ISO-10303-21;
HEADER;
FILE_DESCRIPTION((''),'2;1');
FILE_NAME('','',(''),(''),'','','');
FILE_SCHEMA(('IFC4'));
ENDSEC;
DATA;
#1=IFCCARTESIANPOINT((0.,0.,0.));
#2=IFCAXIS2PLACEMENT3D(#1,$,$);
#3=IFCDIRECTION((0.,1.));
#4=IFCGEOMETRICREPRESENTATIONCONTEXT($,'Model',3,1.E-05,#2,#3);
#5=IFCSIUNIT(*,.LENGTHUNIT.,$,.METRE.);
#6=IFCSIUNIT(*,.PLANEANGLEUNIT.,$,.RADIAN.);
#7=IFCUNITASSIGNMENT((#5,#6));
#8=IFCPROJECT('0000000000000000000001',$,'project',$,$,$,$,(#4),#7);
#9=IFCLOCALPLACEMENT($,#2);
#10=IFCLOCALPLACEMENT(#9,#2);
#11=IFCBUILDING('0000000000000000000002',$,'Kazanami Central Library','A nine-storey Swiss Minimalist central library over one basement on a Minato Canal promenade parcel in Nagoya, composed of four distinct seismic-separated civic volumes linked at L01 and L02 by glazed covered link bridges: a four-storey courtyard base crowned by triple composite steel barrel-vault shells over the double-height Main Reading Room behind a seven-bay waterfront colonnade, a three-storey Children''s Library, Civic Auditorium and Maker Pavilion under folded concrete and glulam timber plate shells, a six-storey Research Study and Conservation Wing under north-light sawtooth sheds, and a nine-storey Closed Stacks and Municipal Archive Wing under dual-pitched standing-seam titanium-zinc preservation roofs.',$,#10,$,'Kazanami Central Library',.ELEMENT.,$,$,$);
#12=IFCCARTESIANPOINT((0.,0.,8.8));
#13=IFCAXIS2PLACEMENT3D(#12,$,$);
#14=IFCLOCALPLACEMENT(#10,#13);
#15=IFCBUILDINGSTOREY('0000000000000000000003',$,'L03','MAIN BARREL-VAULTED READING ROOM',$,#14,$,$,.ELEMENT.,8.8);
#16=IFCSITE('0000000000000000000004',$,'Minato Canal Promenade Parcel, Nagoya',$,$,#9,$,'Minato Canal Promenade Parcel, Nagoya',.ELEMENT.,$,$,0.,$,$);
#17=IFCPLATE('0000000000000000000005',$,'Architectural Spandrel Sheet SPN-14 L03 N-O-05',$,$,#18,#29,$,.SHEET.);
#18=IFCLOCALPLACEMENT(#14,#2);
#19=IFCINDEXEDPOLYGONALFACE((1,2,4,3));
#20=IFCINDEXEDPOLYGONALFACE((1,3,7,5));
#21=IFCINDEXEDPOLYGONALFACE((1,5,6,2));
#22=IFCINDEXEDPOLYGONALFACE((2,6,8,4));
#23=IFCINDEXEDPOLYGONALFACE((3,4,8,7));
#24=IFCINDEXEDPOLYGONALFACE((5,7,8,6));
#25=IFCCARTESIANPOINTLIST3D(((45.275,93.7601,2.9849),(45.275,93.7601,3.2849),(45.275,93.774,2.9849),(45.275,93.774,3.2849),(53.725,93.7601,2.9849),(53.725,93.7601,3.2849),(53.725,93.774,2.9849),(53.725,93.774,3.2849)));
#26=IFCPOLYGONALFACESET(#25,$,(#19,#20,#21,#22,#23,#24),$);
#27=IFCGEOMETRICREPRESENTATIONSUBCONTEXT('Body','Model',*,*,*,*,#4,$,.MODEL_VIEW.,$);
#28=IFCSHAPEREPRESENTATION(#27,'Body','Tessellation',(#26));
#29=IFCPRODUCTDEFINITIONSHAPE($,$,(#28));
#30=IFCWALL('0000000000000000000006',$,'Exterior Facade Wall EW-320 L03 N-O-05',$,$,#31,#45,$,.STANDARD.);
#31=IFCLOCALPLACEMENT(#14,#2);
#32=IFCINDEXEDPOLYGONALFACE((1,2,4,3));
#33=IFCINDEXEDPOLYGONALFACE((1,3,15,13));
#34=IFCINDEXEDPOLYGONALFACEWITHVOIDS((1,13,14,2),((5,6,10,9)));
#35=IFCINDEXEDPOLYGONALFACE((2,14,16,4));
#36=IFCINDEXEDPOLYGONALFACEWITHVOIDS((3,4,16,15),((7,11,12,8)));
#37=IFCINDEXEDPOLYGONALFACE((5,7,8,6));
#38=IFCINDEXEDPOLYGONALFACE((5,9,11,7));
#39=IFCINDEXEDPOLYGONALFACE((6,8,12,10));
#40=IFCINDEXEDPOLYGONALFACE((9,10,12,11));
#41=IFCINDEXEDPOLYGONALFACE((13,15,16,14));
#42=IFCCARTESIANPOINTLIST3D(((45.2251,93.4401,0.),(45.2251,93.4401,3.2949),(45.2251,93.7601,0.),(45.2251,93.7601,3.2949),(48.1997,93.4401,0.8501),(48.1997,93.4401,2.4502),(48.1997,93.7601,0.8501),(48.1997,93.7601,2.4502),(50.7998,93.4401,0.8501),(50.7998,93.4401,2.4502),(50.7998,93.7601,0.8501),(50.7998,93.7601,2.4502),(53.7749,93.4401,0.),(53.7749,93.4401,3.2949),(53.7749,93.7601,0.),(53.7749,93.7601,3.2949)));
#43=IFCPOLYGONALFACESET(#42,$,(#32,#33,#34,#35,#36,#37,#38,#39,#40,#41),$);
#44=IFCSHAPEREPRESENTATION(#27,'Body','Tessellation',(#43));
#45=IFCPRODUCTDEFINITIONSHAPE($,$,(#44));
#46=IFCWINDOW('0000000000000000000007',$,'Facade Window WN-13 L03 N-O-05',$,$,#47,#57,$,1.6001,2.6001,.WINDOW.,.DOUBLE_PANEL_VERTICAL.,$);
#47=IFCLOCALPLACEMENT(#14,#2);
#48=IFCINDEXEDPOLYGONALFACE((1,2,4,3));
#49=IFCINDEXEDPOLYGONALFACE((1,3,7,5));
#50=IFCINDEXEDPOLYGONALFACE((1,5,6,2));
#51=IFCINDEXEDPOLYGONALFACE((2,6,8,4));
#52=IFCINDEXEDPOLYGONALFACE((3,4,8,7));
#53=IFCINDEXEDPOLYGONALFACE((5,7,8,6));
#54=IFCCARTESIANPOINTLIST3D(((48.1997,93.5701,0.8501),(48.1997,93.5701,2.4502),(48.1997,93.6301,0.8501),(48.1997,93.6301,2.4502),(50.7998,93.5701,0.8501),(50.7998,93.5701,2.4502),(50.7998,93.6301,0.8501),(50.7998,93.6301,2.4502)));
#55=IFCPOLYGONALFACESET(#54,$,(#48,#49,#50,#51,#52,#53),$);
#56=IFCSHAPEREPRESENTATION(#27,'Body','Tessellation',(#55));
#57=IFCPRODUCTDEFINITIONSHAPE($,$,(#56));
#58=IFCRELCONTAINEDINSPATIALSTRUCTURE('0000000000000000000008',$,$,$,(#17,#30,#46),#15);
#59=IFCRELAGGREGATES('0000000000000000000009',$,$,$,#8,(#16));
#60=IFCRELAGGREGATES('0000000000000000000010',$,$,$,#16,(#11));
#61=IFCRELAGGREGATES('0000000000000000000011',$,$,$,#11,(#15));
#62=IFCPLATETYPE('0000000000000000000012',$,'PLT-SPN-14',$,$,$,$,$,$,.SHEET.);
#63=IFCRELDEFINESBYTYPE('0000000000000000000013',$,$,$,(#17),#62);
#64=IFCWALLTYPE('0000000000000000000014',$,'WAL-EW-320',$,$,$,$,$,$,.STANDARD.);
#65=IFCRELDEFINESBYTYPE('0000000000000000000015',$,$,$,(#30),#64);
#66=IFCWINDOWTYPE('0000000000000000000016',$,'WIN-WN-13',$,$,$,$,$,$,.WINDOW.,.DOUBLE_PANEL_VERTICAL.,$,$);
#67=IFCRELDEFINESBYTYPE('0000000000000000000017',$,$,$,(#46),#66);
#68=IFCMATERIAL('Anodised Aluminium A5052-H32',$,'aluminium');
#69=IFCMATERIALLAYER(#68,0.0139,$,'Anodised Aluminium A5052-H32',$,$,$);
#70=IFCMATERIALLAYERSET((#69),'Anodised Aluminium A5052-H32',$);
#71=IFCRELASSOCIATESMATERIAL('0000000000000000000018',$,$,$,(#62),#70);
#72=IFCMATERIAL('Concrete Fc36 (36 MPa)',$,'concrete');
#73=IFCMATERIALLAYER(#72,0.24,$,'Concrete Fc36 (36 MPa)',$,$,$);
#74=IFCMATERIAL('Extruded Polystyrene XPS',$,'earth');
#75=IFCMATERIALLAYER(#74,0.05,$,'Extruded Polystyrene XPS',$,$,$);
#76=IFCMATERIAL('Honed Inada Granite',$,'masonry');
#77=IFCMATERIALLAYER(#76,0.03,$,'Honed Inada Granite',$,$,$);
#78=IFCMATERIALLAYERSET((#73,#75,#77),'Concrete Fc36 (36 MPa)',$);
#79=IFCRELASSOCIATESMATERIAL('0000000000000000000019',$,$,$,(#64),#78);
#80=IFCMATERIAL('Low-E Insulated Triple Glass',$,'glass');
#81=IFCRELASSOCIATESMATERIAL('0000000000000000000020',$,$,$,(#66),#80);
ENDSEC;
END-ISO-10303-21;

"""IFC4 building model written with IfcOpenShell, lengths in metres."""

from ifc_helpers import new_model, si_unit, direction, frame, frame_2d, origin, origin_2d, place, context, subcontext, project, spatial, rectangle, extrude, material, layer, layer_set, type_object, element, fill, save


model = new_model("IFC4")

# Units and contexts
model_context = context("Model", 3, precision=1e-05, world=origin(), true_north=direction((0.0, 1.0)))
body_context = subcontext(model_context, "Body", "Model", "MODEL_VIEW")
ifc_project = project(units=[si_unit("LENGTHUNIT", "METRE"), si_unit("PLANEANGLEUNIT", "RADIAN")], contexts=[model_context])

# Site, building, storey
site_placement = place(None, origin())
site = spatial("IfcSite", under=ifc_project, at=site_placement, Name="Minato Canal Promenade Parcel, Nagoya", LongName="Minato Canal Promenade Parcel, Nagoya", CompositionType="ELEMENT", RefElevation=0.0)
building_placement = place(site_placement, origin())
building = spatial("IfcBuilding", under=site, at=building_placement, Name="Kazanami Central Library", Description="A nine-storey Swiss Minimalist central library over one basement on a Minato Canal promenade parcel in Nagoya, composed of four distinct seismic-separated civic volumes linked at L01 and L02 by glazed covered link bridges: a four-storey courtyard base crowned by triple composite steel barrel-vault shells over the double-height Main Reading Room behind a seven-bay waterfront colonnade, a three-storey Children's Library, Civic Auditorium and Maker Pavilion under folded concrete and glulam timber plate shells, a six-storey Research Study and Conservation Wing under north-light sawtooth sheds, and a nine-storey Closed Stacks and Municipal Archive Wing under dual-pitched standing-seam titanium-zinc preservation roofs.", LongName="Kazanami Central Library", CompositionType="ELEMENT")
storey_placement = place(building_placement, frame((0.0, 0.0, 8.8)))
storey = spatial("IfcBuildingStorey", under=building, at=storey_placement, Name="L03", Description="MAIN BARREL-VAULTED READING ROOM", CompositionType="ELEMENT", Elevation=8.8)

# Plate
ifc_material_1 = material(Name="Low-E Insulated Triple Glass", Category="glass")
ifc_material_2 = material(Name="Anodised Aluminium A5052-H32", Category="aluminium")
ifc_layer_1 = layer(ifc_material_2, 0.0139, Name="Anodised Aluminium A5052-H32")
ifc_layer_set_1 = layer_set([ifc_layer_1], Name="Anodised Aluminium A5052-H32")
plate_type_1 = type_object("IfcPlateType", Name="PLT-SPN-14", PredefinedType="SHEET", material=ifc_layer_set_1)
plate_1_placement = place(storey_placement, frame((49.5, 93.7671, 2.9849), z_axis=(0.0, 0.0, 1.0), x_axis=(-1.0, 0.0, 0.0)))
element("IfcPlate", 1, at=plate_1_placement, inside=storey, type_object=plate_type_1, Name="Architectural Spandrel Sheet SPN-14 L03 N-O-05", PredefinedType="SHEET", context=body_context, shape_type="SweptSolid", body=[
    extrude(rectangle(XDim=8.45, YDim=0.0139, at=origin_2d()), origin(), (0.0, 0.0, 1.0), 0.3),
])

# Wall, opening, window
ifc_material_3 = material(Name="Concrete Fc36 (36 MPa)", Category="concrete")
ifc_layer_2 = layer(ifc_material_3, 0.24, Name="Concrete Fc36 (36 MPa)")
ifc_material_4 = material(Name="Extruded Polystyrene XPS", Category="earth")
ifc_layer_3 = layer(ifc_material_4, 0.05, Name="Extruded Polystyrene XPS")
ifc_material_5 = material(Name="Honed Inada Granite", Category="masonry")
ifc_layer_4 = layer(ifc_material_5, 0.03, Name="Honed Inada Granite")
ifc_layer_set_2 = layer_set([ifc_layer_2, ifc_layer_3, ifc_layer_4], Name="Concrete Fc36 (36 MPa)")
wall_type = type_object("IfcWallType", Name="WAL-EW-320", PredefinedType="STANDARD", material=ifc_layer_set_2)
wall_placement = place(storey_placement, frame((53.7749, 93.6001, 0.0), z_axis=(0.0, 0.0, 1.0), x_axis=(-1.0, 0.0, 0.0)))
wall = element("IfcWall", 2, at=wall_placement, inside=storey, type_object=wall_type, Name="Exterior Facade Wall EW-320 L03 N-O-05", PredefinedType="STANDARD", context=body_context, shape_type="SweptSolid", body=[
    extrude(rectangle(XDim=8.5498, YDim=0.3201, at=frame_2d((4.2749, 0.0))), origin(), (0.0, 0.0, 1.0), 3.2949),
])
opening_placement = place(wall_placement, frame((2.9751, 0.0, 0.8501)))
opening = element("IfcOpeningElement", 3, at=opening_placement, cuts=wall, PredefinedType="OPENING", context=body_context, shape_type="SweptSolid", body=[
    extrude(rectangle(XDim=2.6001, YDim=1.6001, at=frame_2d((1.3, 0.8))), frame((0.0, 0.1719, 0.0), z_axis=(0.0, -1.0, 0.0), x_axis=(1.0, 0.0, 0.0)), (0.0, 0.0, 1.0), 0.344),
])
window_type = type_object("IfcWindowType", Name="WIN-WN-13", PartitioningType="DOUBLE_PANEL_VERTICAL", PredefinedType="WINDOW", material=ifc_material_1)
window_placement = place(opening_placement, origin())
window = element("IfcWindow", 4, at=window_placement, inside=storey, type_object=window_type, Name="Facade Window WN-13 L03 N-O-05", OverallHeight=1.6001, OverallWidth=2.6001, PartitioningType="DOUBLE_PANEL_VERTICAL", PredefinedType="WINDOW", context=body_context, shape_type="SweptSolid", body=[
    extrude(rectangle(XDim=2.6001, YDim=1.6001, at=frame_2d((1.3, 0.8))), frame((0.0, 0.03, 0.0), z_axis=(0.0, -1.0, 0.0), x_axis=(1.0, 0.0, 0.0)), (0.0, 0.0, 1.0), 0.0601),
])
fill(opening, window)

save(model, "model.ifc")
